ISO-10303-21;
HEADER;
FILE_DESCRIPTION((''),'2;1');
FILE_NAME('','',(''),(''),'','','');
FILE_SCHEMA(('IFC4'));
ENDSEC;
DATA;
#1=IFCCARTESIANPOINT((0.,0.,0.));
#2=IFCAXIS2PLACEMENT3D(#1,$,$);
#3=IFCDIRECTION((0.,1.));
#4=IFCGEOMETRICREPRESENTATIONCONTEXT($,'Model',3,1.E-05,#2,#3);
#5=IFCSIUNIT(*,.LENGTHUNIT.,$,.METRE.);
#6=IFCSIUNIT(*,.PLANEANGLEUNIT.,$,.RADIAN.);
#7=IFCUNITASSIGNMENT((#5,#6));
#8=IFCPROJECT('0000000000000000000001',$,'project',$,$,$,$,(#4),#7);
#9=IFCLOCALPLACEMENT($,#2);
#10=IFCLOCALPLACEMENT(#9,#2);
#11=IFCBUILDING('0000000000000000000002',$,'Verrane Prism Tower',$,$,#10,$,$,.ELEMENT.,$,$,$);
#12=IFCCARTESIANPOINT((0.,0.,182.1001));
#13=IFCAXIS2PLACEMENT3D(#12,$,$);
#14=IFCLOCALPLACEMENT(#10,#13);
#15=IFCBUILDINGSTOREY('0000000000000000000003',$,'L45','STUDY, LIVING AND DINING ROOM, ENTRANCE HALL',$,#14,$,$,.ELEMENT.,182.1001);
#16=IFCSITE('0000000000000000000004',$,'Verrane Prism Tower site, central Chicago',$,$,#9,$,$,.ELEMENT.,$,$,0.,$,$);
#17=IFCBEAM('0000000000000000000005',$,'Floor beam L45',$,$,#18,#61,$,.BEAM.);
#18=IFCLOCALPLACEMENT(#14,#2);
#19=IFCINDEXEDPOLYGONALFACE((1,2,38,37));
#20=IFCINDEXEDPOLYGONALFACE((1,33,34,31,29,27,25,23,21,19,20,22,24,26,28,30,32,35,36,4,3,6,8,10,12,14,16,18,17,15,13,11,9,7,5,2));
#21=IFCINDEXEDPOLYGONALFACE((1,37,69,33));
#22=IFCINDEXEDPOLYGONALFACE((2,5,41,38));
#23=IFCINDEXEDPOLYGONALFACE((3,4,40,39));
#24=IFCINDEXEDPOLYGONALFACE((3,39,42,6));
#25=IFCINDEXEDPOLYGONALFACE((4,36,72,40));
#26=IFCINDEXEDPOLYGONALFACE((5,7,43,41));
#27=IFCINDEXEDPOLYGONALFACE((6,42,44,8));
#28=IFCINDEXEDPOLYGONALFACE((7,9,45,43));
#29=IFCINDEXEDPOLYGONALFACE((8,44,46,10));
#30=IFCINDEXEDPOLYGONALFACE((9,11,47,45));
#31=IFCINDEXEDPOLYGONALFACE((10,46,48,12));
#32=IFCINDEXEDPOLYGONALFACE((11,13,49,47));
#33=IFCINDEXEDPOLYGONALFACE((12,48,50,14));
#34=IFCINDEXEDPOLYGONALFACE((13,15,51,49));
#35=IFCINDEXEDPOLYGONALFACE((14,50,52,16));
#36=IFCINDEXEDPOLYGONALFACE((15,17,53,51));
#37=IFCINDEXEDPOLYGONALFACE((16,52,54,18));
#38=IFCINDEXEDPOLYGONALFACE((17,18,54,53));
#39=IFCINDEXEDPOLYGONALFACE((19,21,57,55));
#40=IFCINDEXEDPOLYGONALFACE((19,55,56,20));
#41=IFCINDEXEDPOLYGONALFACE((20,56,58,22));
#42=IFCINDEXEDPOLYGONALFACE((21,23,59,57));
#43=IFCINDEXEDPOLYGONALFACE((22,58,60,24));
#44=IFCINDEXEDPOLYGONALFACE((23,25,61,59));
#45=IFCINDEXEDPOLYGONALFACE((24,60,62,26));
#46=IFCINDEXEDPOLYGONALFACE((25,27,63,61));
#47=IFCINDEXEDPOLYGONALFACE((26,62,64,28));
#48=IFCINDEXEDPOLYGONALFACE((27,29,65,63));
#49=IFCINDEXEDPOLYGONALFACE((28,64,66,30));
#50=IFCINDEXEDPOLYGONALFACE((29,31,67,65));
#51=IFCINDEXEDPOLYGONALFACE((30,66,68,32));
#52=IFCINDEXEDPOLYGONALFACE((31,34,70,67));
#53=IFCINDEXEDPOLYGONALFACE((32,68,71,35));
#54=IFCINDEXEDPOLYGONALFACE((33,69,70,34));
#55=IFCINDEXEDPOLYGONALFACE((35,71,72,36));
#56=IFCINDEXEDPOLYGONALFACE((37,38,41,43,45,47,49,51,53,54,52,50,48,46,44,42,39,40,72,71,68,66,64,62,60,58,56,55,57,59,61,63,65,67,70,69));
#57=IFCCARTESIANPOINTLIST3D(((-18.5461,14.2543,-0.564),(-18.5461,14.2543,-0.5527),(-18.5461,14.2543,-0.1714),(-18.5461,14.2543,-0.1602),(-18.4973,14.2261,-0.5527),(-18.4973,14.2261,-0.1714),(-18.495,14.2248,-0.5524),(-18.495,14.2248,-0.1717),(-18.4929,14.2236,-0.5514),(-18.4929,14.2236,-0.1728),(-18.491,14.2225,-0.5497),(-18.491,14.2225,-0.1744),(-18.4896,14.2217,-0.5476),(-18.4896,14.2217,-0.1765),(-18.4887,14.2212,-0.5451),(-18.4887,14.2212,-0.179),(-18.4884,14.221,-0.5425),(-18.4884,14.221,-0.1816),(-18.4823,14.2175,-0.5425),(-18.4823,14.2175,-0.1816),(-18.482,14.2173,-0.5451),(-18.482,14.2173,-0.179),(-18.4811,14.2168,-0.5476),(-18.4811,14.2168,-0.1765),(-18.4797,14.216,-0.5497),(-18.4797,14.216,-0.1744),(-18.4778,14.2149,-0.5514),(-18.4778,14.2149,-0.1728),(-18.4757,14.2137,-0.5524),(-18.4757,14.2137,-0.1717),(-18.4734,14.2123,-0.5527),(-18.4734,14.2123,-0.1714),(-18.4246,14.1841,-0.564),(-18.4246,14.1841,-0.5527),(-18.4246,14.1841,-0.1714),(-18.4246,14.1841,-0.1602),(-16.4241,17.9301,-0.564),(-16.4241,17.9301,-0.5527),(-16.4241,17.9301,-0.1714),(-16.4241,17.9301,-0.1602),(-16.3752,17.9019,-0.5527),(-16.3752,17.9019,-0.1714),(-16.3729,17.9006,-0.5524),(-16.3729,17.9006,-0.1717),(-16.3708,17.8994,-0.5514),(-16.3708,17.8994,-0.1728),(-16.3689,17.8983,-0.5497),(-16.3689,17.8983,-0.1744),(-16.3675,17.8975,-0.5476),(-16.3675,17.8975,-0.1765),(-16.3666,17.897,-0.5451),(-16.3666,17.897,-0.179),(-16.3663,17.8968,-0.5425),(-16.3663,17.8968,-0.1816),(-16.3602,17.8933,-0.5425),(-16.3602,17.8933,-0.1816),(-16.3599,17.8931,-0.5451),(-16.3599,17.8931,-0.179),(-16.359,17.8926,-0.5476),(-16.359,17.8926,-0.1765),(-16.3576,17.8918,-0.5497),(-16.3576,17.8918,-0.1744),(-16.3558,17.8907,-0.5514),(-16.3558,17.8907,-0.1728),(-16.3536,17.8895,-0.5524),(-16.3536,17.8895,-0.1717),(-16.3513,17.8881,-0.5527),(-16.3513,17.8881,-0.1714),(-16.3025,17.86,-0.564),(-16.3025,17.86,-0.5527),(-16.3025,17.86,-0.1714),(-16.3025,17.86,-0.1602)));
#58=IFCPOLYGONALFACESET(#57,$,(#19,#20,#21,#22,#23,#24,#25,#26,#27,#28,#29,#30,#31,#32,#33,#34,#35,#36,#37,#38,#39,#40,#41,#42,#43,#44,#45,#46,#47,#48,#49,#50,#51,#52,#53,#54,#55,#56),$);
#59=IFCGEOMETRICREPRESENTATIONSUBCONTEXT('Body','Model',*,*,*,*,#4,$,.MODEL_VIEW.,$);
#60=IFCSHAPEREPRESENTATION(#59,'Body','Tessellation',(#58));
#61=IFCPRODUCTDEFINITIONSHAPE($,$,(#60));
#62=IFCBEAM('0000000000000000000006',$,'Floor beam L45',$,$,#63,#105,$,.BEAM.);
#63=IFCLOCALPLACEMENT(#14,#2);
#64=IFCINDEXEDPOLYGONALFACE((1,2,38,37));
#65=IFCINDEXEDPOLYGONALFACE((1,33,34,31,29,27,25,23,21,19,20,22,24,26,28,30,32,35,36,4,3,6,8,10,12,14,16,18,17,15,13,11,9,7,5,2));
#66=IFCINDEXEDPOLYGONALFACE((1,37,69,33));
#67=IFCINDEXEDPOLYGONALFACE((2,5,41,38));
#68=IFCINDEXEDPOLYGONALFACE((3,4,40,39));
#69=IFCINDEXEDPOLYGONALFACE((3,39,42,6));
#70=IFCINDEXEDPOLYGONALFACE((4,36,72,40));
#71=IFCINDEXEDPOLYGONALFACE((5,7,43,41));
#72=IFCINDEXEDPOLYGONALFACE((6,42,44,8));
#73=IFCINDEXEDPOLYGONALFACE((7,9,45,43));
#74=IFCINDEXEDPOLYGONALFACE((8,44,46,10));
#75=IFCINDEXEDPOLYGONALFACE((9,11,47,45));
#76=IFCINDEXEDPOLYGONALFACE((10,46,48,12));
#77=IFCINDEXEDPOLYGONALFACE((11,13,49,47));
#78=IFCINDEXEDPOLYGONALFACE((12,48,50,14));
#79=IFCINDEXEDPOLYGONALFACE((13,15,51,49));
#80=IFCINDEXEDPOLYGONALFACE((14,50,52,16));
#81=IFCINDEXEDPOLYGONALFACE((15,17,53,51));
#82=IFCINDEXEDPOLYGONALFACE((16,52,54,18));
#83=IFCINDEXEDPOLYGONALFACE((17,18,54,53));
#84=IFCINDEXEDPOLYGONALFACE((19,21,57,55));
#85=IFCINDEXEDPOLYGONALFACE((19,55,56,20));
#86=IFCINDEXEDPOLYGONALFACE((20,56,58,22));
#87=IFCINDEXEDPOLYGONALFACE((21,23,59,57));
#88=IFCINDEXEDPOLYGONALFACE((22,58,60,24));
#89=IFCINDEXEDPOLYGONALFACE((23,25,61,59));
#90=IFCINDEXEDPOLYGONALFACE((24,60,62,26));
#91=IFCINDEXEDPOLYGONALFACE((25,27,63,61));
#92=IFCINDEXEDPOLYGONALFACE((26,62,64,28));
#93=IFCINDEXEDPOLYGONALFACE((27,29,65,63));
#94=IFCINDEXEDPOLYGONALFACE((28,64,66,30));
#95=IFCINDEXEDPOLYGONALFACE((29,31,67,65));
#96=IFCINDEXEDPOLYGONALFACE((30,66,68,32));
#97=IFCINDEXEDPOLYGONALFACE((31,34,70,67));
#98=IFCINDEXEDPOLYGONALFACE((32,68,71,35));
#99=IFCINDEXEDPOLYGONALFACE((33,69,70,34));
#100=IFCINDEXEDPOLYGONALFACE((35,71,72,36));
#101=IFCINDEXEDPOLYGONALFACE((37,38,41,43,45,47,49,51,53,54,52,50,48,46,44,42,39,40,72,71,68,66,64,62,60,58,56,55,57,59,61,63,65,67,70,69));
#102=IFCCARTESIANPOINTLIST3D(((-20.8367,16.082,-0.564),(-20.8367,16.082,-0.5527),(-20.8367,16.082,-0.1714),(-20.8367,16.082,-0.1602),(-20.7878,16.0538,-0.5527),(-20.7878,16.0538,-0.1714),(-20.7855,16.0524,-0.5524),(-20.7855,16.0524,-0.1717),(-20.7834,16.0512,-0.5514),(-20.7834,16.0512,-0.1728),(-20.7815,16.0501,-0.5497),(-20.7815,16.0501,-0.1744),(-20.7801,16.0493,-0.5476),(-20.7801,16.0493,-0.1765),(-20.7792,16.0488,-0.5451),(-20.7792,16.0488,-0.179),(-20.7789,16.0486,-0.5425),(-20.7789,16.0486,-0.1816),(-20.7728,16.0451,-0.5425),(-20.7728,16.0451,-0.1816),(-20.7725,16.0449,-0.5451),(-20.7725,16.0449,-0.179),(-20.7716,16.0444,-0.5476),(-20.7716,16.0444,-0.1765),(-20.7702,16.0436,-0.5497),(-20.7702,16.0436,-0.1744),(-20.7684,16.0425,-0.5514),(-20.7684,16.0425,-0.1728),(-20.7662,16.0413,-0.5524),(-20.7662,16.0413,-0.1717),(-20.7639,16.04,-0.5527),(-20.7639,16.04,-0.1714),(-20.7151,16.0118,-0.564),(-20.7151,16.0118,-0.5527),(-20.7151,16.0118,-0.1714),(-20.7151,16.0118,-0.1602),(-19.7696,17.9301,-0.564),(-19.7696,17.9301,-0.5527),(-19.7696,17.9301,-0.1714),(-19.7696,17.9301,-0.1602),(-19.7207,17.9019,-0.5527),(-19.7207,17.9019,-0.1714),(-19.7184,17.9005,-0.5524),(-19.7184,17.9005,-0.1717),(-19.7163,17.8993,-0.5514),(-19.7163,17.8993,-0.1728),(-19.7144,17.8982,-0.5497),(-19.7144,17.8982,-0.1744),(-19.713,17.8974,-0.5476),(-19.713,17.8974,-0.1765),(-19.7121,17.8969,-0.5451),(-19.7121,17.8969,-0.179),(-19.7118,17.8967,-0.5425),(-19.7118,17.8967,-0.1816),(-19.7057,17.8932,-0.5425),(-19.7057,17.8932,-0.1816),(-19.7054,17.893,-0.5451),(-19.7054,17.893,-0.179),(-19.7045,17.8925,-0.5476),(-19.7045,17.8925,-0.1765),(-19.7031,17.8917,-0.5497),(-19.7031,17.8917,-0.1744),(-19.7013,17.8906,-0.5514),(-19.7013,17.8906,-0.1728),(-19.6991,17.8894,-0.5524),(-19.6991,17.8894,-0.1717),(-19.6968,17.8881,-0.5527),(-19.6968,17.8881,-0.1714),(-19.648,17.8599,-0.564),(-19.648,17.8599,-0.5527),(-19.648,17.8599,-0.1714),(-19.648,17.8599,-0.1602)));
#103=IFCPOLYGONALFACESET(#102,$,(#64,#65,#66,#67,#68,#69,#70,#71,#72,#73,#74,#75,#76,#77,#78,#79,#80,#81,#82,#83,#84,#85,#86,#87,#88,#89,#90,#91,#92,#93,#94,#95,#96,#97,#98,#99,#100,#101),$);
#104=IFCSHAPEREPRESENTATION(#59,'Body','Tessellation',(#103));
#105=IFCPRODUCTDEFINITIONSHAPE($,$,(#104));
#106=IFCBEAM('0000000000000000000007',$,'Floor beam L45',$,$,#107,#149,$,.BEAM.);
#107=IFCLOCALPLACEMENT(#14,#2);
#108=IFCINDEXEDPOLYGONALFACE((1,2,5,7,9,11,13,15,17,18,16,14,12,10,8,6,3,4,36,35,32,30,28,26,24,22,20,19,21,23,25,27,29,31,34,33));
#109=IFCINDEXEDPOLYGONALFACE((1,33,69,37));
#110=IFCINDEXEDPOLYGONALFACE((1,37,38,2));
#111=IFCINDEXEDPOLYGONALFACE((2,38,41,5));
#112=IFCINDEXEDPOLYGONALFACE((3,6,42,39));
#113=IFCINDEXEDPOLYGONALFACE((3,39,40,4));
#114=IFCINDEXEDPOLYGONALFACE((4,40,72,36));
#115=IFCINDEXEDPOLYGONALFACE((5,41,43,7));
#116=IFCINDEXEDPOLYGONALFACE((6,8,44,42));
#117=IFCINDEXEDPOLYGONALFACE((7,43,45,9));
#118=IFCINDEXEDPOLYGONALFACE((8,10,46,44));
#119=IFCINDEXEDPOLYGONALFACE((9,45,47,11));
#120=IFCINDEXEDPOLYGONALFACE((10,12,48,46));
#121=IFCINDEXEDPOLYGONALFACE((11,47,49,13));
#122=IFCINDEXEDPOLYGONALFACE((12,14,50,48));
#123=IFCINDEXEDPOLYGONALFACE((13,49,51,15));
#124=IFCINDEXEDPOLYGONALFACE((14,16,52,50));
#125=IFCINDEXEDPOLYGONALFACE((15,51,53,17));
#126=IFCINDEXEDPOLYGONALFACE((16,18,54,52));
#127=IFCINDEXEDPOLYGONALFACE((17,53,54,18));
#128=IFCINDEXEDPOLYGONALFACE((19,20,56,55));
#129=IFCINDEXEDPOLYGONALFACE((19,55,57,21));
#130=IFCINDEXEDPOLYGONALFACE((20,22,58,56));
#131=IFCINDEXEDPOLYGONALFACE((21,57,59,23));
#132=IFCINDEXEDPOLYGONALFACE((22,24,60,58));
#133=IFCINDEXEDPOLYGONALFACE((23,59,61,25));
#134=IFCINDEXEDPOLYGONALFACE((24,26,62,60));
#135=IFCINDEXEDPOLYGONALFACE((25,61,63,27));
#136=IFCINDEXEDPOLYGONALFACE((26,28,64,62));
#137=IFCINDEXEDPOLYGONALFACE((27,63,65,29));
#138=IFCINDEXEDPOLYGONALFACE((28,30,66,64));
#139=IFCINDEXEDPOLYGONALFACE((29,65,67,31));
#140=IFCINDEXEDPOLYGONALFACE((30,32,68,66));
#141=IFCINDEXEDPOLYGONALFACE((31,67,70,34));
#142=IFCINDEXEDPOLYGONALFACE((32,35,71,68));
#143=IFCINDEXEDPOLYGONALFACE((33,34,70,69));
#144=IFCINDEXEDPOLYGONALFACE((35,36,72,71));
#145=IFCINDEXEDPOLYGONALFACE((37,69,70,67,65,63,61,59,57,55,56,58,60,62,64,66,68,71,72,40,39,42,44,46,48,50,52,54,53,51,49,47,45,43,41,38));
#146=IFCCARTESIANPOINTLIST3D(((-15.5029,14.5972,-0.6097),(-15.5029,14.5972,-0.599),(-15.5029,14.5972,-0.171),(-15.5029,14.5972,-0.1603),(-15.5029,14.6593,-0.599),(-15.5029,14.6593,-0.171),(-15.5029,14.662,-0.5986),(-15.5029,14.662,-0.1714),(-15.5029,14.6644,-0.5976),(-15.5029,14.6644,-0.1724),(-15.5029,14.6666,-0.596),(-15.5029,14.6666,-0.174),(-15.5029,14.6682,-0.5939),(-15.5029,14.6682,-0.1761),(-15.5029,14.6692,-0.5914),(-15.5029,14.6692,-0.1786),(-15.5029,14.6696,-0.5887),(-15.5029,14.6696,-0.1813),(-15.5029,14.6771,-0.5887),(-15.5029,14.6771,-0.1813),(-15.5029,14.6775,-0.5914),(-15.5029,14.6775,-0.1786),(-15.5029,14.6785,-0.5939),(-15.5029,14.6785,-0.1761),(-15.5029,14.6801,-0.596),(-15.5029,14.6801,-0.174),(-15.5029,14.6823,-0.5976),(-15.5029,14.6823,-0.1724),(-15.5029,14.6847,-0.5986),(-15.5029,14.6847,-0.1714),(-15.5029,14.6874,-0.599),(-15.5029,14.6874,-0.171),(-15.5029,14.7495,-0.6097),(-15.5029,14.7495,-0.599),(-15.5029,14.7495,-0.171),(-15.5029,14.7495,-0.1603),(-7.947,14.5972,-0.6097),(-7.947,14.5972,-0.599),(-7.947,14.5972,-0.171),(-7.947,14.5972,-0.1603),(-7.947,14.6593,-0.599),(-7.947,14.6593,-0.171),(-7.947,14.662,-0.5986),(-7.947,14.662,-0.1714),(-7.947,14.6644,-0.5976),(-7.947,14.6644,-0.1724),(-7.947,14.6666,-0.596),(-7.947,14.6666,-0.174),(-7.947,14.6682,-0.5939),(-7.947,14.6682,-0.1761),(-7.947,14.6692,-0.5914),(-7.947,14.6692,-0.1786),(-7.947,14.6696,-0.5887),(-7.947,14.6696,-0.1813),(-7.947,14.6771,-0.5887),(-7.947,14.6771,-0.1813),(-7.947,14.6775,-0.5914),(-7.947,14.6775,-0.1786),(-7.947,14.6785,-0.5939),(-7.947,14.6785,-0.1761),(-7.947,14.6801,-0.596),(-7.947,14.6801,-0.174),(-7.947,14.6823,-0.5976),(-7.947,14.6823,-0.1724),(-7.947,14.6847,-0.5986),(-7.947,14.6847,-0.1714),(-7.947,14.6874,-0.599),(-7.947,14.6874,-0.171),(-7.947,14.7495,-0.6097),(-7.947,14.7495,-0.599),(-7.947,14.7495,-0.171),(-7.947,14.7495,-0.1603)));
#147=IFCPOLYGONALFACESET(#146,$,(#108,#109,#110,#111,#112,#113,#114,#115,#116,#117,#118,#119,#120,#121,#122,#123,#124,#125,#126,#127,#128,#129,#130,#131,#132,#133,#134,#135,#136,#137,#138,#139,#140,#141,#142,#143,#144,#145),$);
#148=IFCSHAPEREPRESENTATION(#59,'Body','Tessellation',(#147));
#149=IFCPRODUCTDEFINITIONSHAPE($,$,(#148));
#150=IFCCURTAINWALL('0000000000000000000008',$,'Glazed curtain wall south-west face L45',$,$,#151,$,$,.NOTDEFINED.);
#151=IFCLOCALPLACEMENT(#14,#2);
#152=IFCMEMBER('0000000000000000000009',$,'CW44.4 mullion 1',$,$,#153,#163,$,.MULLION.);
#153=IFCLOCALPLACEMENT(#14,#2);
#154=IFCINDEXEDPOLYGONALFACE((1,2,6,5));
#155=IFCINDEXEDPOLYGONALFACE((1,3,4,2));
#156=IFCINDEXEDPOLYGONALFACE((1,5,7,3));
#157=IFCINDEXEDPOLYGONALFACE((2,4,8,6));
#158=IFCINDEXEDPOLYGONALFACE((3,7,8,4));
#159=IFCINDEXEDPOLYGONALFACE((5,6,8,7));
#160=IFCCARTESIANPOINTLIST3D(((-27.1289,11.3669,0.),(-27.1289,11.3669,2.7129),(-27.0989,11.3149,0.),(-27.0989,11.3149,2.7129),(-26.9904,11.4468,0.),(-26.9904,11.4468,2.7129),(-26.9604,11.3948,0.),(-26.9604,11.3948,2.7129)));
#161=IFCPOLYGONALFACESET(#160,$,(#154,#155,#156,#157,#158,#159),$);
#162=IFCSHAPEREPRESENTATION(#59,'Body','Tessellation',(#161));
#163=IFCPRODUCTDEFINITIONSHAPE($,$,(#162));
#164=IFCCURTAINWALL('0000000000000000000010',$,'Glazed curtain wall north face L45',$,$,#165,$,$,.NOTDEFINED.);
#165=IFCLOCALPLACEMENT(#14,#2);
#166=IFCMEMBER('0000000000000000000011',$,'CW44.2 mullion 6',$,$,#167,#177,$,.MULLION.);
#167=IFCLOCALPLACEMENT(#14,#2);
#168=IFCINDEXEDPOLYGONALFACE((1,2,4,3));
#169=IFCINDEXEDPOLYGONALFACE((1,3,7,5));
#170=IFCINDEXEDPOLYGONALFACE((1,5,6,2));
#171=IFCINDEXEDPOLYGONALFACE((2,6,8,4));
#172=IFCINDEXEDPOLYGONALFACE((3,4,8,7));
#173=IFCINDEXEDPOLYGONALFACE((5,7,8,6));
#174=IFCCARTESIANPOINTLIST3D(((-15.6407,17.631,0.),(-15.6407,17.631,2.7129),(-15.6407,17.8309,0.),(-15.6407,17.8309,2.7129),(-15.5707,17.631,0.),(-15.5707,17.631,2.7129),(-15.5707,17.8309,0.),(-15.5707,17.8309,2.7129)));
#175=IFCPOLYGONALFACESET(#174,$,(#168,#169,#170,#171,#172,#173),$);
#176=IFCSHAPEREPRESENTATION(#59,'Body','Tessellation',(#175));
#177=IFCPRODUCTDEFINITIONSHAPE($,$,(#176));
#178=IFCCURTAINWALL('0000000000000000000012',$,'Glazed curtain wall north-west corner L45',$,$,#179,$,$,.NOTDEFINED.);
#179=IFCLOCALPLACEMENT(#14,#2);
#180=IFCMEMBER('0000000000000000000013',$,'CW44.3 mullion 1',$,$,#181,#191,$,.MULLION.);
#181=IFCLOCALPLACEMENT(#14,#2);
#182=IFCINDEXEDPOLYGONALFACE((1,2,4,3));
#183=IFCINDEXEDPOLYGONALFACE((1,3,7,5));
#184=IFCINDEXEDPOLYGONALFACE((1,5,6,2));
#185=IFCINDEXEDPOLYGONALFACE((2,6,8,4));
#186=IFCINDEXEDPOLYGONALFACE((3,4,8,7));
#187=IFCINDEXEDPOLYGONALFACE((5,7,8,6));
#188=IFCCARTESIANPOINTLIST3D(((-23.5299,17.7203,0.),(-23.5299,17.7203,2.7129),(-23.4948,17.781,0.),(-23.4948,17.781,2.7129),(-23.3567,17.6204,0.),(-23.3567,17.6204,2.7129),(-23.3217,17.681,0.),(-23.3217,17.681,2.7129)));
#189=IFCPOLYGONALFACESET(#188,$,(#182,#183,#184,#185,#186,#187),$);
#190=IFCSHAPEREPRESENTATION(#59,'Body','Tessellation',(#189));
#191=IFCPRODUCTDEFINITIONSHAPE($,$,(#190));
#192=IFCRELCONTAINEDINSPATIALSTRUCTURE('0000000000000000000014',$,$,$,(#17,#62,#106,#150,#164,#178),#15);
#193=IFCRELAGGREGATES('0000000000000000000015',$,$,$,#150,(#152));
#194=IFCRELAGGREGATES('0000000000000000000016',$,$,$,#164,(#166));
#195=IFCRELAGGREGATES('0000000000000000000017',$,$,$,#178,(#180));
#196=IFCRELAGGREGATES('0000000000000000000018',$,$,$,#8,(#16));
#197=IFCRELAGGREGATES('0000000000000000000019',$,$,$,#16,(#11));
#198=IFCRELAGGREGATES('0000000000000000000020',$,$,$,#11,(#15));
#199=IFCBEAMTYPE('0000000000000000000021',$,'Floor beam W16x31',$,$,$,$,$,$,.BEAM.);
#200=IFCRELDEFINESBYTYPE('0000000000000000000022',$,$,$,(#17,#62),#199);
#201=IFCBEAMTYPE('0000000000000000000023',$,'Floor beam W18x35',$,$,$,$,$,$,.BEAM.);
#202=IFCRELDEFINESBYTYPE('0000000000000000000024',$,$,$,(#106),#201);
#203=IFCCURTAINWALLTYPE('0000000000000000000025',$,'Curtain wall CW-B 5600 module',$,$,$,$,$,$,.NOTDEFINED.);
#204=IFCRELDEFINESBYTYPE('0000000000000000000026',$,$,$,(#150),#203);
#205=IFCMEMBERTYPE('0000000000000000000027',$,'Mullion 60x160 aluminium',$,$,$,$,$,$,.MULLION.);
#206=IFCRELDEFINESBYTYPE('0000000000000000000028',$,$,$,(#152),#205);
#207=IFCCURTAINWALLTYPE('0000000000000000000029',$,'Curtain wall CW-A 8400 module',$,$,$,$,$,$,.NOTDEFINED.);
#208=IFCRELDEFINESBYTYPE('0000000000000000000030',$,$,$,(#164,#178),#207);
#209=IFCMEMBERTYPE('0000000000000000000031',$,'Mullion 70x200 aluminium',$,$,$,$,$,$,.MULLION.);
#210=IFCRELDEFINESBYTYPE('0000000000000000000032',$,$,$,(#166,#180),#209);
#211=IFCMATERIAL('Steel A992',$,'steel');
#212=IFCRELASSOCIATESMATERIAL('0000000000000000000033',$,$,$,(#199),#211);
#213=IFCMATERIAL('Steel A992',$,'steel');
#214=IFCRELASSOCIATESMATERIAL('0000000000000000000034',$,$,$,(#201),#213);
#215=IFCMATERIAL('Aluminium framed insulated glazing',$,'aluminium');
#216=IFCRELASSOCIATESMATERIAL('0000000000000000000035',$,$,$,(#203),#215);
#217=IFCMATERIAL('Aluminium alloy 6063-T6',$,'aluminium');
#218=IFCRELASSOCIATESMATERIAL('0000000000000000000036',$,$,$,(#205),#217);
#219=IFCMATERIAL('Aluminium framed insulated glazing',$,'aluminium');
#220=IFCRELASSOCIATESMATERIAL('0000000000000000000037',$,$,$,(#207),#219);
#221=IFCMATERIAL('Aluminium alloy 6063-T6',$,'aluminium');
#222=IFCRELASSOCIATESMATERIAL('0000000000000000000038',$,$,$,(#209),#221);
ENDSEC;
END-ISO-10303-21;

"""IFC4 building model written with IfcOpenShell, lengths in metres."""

from ifc_helpers import new_model, si_unit, direction, frame, origin, origin_2d, place, context, subcontext, project, spatial, rectangle, i_section, extrude, material, material_profile, profile_set, type_object, element, aggregate, save


model = new_model("IFC4")

# Units and contexts
model_context = context("Model", 3, precision=1e-05, world=origin(), true_north=direction((0.0, 1.0)))
body_context = subcontext(model_context, "Body", "Model", "MODEL_VIEW")
ifc_project = project(units=[si_unit("LENGTHUNIT", "METRE"), si_unit("PLANEANGLEUNIT", "RADIAN")], contexts=[model_context])

# Site, building, storey
site_placement = place(None, origin())
site = spatial("IfcSite", under=ifc_project, at=site_placement, Name="Verrane Prism Tower site, central Chicago", CompositionType="ELEMENT", RefElevation=0.0)
building_placement = place(site_placement, origin())
building = spatial("IfcBuilding", under=site, at=building_placement, Name="Verrane Prism Tower", CompositionType="ELEMENT")
storey_placement = place(building_placement, frame((0.0, 0.0, 182.1001)))
storey = spatial("IfcBuildingStorey", under=building, at=storey_placement, Name="L45", Description="STUDY, LIVING AND DINING ROOM, ENTRANCE HALL", CompositionType="ELEMENT", Elevation=182.1001)

# Beams
ifc_material_1 = material(Name="Steel A992", Category="steel")
ifc_material_profile_1 = material_profile(ifc_material_1, i_section(OverallWidth=0.1404, OverallDepth=0.4038, WebThickness=0.0071, FlangeThickness=0.0112, FilletRadius=0.0103, at=origin_2d()), Name="W16x31")
ifc_profile_set_1 = profile_set([ifc_material_profile_1], Name="Steel A992")
beam_type_1 = type_object("IfcBeamType", Name="Floor beam W16x31", PredefinedType="BEAM", material=ifc_profile_set_1)
beam_1_placement = place(storey_placement, frame((-18.4854, 14.2192, -0.3621), z_axis=(0.499975, 0.86604, 0.0), x_axis=(-0.86604, 0.499975, 0.0)))
element("IfcBeam", 1, at=beam_1_placement, inside=storey, type_object=beam_type_1, Name="Floor beam L45", PredefinedType="BEAM", context=body_context, shape_type="SweptSolid", body=[
    extrude(i_section(OverallWidth=0.1404, OverallDepth=0.4038, WebThickness=0.0071, FlangeThickness=0.0112, FilletRadius=0.0103, at=origin_2d()), origin(), (0.0, 0.0, 1.0), 4.2444),
])
beam_2_placement = place(storey_placement, frame((-20.7759, 16.0469, -0.3621), z_axis=(0.500039, 0.866003, 0.0), x_axis=(-0.866003, 0.500039, 0.0)))
element("IfcBeam", 2, at=beam_2_placement, inside=storey, type_object=beam_type_1, Name="Floor beam L45", PredefinedType="BEAM", context=body_context, shape_type="SweptSolid", body=[
    extrude(i_section(OverallWidth=0.1404, OverallDepth=0.4038, WebThickness=0.0071, FlangeThickness=0.0112, FilletRadius=0.0103, at=origin_2d()), origin(), (0.0, 0.0, 1.0), 2.134),
])
ifc_material_2 = material(Name="Steel A992", Category="steel")
ifc_material_profile_2 = material_profile(ifc_material_2, i_section(OverallWidth=0.1523, OverallDepth=0.4495, WebThickness=0.0076, FlangeThickness=0.0107, FilletRadius=0.0103, at=origin_2d()), Name="W18x35")
ifc_profile_set_2 = profile_set([ifc_material_profile_2], Name="Steel A992")
beam_type_2 = type_object("IfcBeamType", Name="Floor beam W18x35", PredefinedType="BEAM", material=ifc_profile_set_2)
beam_3_placement = place(storey_placement, frame((-15.5029, 14.6733, -0.385), z_axis=(1.0, 0.0, 0.0), x_axis=(0.0, 1.0, 0.0)))
element("IfcBeam", 3, at=beam_3_placement, inside=storey, type_object=beam_type_2, Name="Floor beam L45", PredefinedType="BEAM", context=body_context, shape_type="SweptSolid", body=[
    extrude(i_section(OverallWidth=0.1523, OverallDepth=0.4495, WebThickness=0.0076, FlangeThickness=0.0107, FilletRadius=0.0103, at=origin_2d()), origin(), (0.0, 0.0, 1.0), 7.5559),
])

# Curtain walls, members
ifc_material_3 = material(Name="Aluminium framed insulated glazing", Category="aluminium")
curtain_wall_type_1 = type_object("IfcCurtainWallType", Name="Curtain wall CW-B 5600 module", PredefinedType="NOTDEFINED", material=ifc_material_3)
curtain_wall_1_placement = place(storey_placement, origin())
curtain_wall_1 = element("IfcCurtainWall", 4, at=curtain_wall_1_placement, inside=storey, type_object=curtain_wall_type_1, Name="Glazed curtain wall south-west face L45", PredefinedType="NOTDEFINED")
ifc_material_4 = material(Name="Aluminium alloy 6063-T6", Category="aluminium")
ifc_material_profile_3 = material_profile(ifc_material_4, rectangle(XDim=0.1599, YDim=0.0601, at=origin_2d()), Name="Mullion 60x160 aluminium")
ifc_profile_set_3 = profile_set([ifc_material_profile_3], Name="Aluminium alloy 6063-T6")
member_type_1 = type_object("IfcMemberType", Name="Mullion 60x160 aluminium", PredefinedType="MULLION", material=ifc_profile_set_3)
member_1_placement = place(storey_placement, frame((-27.0447, 11.3809, 0.0), z_axis=(0.0, 0.0, 1.0), x_axis=(0.866026, 0.499999, 0.0)))
member_1 = element("IfcMember", 5, at=member_1_placement, type_object=member_type_1, Name="CW44.4 mullion 1", PredefinedType="MULLION", context=body_context, shape_type="SweptSolid", body=[
    extrude(rectangle(XDim=0.1599, YDim=0.0601, at=origin_2d()), origin(), (0.0, 0.0, 1.0), 2.7129),
])
ifc_material_5 = material(Name="Aluminium framed insulated glazing", Category="aluminium")
curtain_wall_type_2 = type_object("IfcCurtainWallType", Name="Curtain wall CW-A 8400 module", PredefinedType="NOTDEFINED", material=ifc_material_5)
curtain_wall_2_placement = place(storey_placement, origin())
curtain_wall_2 = element("IfcCurtainWall", 6, at=curtain_wall_2_placement, inside=storey, type_object=curtain_wall_type_2, Name="Glazed curtain wall north face L45", PredefinedType="NOTDEFINED")
ifc_material_6 = material(Name="Aluminium alloy 6063-T6", Category="aluminium")
ifc_material_profile_4 = material_profile(ifc_material_6, rectangle(XDim=0.2, YDim=0.0701, at=origin_2d()), Name="Mullion 70x200 aluminium")
ifc_profile_set_4 = profile_set([ifc_material_profile_4], Name="Aluminium alloy 6063-T6")
member_type_2 = type_object("IfcMemberType", Name="Mullion 70x200 aluminium", PredefinedType="MULLION", material=ifc_profile_set_4)
member_2_placement = place(storey_placement, frame((-15.6057, 17.731, 0.0), z_axis=(0.0, 0.0, 1.0), x_axis=(0.0, -1.0, 0.0)))
member_2 = element("IfcMember", 7, at=member_2_placement, type_object=member_type_2, Name="CW44.2 mullion 6", PredefinedType="MULLION", context=body_context, shape_type="SweptSolid", body=[
    extrude(rectangle(XDim=0.2, YDim=0.0701, at=origin_2d()), origin(), (0.0, 0.0, 1.0), 2.7129),
])
curtain_wall_3_placement = place(storey_placement, origin())
curtain_wall_3 = element("IfcCurtainWall", 8, at=curtain_wall_3_placement, inside=storey, type_object=curtain_wall_type_2, Name="Glazed curtain wall north-west corner L45", PredefinedType="NOTDEFINED")
member_3_placement = place(storey_placement, frame((-23.4258, 17.7007, 0.0), z_axis=(0.0, 0.0, 1.0), x_axis=(0.866024, -0.500002, 0.0)))
member_3 = element("IfcMember", 9, at=member_3_placement, type_object=member_type_2, Name="CW44.3 mullion 1", PredefinedType="MULLION", context=body_context, shape_type="SweptSolid", body=[
    extrude(rectangle(XDim=0.2, YDim=0.0701, at=origin_2d()), origin(), (0.0, 0.0, 1.0), 2.7129),
])

aggregate(curtain_wall_1, [member_1])

aggregate(curtain_wall_2, [member_2])
aggregate(curtain_wall_3, [member_3])

save(model, "model.ifc")
